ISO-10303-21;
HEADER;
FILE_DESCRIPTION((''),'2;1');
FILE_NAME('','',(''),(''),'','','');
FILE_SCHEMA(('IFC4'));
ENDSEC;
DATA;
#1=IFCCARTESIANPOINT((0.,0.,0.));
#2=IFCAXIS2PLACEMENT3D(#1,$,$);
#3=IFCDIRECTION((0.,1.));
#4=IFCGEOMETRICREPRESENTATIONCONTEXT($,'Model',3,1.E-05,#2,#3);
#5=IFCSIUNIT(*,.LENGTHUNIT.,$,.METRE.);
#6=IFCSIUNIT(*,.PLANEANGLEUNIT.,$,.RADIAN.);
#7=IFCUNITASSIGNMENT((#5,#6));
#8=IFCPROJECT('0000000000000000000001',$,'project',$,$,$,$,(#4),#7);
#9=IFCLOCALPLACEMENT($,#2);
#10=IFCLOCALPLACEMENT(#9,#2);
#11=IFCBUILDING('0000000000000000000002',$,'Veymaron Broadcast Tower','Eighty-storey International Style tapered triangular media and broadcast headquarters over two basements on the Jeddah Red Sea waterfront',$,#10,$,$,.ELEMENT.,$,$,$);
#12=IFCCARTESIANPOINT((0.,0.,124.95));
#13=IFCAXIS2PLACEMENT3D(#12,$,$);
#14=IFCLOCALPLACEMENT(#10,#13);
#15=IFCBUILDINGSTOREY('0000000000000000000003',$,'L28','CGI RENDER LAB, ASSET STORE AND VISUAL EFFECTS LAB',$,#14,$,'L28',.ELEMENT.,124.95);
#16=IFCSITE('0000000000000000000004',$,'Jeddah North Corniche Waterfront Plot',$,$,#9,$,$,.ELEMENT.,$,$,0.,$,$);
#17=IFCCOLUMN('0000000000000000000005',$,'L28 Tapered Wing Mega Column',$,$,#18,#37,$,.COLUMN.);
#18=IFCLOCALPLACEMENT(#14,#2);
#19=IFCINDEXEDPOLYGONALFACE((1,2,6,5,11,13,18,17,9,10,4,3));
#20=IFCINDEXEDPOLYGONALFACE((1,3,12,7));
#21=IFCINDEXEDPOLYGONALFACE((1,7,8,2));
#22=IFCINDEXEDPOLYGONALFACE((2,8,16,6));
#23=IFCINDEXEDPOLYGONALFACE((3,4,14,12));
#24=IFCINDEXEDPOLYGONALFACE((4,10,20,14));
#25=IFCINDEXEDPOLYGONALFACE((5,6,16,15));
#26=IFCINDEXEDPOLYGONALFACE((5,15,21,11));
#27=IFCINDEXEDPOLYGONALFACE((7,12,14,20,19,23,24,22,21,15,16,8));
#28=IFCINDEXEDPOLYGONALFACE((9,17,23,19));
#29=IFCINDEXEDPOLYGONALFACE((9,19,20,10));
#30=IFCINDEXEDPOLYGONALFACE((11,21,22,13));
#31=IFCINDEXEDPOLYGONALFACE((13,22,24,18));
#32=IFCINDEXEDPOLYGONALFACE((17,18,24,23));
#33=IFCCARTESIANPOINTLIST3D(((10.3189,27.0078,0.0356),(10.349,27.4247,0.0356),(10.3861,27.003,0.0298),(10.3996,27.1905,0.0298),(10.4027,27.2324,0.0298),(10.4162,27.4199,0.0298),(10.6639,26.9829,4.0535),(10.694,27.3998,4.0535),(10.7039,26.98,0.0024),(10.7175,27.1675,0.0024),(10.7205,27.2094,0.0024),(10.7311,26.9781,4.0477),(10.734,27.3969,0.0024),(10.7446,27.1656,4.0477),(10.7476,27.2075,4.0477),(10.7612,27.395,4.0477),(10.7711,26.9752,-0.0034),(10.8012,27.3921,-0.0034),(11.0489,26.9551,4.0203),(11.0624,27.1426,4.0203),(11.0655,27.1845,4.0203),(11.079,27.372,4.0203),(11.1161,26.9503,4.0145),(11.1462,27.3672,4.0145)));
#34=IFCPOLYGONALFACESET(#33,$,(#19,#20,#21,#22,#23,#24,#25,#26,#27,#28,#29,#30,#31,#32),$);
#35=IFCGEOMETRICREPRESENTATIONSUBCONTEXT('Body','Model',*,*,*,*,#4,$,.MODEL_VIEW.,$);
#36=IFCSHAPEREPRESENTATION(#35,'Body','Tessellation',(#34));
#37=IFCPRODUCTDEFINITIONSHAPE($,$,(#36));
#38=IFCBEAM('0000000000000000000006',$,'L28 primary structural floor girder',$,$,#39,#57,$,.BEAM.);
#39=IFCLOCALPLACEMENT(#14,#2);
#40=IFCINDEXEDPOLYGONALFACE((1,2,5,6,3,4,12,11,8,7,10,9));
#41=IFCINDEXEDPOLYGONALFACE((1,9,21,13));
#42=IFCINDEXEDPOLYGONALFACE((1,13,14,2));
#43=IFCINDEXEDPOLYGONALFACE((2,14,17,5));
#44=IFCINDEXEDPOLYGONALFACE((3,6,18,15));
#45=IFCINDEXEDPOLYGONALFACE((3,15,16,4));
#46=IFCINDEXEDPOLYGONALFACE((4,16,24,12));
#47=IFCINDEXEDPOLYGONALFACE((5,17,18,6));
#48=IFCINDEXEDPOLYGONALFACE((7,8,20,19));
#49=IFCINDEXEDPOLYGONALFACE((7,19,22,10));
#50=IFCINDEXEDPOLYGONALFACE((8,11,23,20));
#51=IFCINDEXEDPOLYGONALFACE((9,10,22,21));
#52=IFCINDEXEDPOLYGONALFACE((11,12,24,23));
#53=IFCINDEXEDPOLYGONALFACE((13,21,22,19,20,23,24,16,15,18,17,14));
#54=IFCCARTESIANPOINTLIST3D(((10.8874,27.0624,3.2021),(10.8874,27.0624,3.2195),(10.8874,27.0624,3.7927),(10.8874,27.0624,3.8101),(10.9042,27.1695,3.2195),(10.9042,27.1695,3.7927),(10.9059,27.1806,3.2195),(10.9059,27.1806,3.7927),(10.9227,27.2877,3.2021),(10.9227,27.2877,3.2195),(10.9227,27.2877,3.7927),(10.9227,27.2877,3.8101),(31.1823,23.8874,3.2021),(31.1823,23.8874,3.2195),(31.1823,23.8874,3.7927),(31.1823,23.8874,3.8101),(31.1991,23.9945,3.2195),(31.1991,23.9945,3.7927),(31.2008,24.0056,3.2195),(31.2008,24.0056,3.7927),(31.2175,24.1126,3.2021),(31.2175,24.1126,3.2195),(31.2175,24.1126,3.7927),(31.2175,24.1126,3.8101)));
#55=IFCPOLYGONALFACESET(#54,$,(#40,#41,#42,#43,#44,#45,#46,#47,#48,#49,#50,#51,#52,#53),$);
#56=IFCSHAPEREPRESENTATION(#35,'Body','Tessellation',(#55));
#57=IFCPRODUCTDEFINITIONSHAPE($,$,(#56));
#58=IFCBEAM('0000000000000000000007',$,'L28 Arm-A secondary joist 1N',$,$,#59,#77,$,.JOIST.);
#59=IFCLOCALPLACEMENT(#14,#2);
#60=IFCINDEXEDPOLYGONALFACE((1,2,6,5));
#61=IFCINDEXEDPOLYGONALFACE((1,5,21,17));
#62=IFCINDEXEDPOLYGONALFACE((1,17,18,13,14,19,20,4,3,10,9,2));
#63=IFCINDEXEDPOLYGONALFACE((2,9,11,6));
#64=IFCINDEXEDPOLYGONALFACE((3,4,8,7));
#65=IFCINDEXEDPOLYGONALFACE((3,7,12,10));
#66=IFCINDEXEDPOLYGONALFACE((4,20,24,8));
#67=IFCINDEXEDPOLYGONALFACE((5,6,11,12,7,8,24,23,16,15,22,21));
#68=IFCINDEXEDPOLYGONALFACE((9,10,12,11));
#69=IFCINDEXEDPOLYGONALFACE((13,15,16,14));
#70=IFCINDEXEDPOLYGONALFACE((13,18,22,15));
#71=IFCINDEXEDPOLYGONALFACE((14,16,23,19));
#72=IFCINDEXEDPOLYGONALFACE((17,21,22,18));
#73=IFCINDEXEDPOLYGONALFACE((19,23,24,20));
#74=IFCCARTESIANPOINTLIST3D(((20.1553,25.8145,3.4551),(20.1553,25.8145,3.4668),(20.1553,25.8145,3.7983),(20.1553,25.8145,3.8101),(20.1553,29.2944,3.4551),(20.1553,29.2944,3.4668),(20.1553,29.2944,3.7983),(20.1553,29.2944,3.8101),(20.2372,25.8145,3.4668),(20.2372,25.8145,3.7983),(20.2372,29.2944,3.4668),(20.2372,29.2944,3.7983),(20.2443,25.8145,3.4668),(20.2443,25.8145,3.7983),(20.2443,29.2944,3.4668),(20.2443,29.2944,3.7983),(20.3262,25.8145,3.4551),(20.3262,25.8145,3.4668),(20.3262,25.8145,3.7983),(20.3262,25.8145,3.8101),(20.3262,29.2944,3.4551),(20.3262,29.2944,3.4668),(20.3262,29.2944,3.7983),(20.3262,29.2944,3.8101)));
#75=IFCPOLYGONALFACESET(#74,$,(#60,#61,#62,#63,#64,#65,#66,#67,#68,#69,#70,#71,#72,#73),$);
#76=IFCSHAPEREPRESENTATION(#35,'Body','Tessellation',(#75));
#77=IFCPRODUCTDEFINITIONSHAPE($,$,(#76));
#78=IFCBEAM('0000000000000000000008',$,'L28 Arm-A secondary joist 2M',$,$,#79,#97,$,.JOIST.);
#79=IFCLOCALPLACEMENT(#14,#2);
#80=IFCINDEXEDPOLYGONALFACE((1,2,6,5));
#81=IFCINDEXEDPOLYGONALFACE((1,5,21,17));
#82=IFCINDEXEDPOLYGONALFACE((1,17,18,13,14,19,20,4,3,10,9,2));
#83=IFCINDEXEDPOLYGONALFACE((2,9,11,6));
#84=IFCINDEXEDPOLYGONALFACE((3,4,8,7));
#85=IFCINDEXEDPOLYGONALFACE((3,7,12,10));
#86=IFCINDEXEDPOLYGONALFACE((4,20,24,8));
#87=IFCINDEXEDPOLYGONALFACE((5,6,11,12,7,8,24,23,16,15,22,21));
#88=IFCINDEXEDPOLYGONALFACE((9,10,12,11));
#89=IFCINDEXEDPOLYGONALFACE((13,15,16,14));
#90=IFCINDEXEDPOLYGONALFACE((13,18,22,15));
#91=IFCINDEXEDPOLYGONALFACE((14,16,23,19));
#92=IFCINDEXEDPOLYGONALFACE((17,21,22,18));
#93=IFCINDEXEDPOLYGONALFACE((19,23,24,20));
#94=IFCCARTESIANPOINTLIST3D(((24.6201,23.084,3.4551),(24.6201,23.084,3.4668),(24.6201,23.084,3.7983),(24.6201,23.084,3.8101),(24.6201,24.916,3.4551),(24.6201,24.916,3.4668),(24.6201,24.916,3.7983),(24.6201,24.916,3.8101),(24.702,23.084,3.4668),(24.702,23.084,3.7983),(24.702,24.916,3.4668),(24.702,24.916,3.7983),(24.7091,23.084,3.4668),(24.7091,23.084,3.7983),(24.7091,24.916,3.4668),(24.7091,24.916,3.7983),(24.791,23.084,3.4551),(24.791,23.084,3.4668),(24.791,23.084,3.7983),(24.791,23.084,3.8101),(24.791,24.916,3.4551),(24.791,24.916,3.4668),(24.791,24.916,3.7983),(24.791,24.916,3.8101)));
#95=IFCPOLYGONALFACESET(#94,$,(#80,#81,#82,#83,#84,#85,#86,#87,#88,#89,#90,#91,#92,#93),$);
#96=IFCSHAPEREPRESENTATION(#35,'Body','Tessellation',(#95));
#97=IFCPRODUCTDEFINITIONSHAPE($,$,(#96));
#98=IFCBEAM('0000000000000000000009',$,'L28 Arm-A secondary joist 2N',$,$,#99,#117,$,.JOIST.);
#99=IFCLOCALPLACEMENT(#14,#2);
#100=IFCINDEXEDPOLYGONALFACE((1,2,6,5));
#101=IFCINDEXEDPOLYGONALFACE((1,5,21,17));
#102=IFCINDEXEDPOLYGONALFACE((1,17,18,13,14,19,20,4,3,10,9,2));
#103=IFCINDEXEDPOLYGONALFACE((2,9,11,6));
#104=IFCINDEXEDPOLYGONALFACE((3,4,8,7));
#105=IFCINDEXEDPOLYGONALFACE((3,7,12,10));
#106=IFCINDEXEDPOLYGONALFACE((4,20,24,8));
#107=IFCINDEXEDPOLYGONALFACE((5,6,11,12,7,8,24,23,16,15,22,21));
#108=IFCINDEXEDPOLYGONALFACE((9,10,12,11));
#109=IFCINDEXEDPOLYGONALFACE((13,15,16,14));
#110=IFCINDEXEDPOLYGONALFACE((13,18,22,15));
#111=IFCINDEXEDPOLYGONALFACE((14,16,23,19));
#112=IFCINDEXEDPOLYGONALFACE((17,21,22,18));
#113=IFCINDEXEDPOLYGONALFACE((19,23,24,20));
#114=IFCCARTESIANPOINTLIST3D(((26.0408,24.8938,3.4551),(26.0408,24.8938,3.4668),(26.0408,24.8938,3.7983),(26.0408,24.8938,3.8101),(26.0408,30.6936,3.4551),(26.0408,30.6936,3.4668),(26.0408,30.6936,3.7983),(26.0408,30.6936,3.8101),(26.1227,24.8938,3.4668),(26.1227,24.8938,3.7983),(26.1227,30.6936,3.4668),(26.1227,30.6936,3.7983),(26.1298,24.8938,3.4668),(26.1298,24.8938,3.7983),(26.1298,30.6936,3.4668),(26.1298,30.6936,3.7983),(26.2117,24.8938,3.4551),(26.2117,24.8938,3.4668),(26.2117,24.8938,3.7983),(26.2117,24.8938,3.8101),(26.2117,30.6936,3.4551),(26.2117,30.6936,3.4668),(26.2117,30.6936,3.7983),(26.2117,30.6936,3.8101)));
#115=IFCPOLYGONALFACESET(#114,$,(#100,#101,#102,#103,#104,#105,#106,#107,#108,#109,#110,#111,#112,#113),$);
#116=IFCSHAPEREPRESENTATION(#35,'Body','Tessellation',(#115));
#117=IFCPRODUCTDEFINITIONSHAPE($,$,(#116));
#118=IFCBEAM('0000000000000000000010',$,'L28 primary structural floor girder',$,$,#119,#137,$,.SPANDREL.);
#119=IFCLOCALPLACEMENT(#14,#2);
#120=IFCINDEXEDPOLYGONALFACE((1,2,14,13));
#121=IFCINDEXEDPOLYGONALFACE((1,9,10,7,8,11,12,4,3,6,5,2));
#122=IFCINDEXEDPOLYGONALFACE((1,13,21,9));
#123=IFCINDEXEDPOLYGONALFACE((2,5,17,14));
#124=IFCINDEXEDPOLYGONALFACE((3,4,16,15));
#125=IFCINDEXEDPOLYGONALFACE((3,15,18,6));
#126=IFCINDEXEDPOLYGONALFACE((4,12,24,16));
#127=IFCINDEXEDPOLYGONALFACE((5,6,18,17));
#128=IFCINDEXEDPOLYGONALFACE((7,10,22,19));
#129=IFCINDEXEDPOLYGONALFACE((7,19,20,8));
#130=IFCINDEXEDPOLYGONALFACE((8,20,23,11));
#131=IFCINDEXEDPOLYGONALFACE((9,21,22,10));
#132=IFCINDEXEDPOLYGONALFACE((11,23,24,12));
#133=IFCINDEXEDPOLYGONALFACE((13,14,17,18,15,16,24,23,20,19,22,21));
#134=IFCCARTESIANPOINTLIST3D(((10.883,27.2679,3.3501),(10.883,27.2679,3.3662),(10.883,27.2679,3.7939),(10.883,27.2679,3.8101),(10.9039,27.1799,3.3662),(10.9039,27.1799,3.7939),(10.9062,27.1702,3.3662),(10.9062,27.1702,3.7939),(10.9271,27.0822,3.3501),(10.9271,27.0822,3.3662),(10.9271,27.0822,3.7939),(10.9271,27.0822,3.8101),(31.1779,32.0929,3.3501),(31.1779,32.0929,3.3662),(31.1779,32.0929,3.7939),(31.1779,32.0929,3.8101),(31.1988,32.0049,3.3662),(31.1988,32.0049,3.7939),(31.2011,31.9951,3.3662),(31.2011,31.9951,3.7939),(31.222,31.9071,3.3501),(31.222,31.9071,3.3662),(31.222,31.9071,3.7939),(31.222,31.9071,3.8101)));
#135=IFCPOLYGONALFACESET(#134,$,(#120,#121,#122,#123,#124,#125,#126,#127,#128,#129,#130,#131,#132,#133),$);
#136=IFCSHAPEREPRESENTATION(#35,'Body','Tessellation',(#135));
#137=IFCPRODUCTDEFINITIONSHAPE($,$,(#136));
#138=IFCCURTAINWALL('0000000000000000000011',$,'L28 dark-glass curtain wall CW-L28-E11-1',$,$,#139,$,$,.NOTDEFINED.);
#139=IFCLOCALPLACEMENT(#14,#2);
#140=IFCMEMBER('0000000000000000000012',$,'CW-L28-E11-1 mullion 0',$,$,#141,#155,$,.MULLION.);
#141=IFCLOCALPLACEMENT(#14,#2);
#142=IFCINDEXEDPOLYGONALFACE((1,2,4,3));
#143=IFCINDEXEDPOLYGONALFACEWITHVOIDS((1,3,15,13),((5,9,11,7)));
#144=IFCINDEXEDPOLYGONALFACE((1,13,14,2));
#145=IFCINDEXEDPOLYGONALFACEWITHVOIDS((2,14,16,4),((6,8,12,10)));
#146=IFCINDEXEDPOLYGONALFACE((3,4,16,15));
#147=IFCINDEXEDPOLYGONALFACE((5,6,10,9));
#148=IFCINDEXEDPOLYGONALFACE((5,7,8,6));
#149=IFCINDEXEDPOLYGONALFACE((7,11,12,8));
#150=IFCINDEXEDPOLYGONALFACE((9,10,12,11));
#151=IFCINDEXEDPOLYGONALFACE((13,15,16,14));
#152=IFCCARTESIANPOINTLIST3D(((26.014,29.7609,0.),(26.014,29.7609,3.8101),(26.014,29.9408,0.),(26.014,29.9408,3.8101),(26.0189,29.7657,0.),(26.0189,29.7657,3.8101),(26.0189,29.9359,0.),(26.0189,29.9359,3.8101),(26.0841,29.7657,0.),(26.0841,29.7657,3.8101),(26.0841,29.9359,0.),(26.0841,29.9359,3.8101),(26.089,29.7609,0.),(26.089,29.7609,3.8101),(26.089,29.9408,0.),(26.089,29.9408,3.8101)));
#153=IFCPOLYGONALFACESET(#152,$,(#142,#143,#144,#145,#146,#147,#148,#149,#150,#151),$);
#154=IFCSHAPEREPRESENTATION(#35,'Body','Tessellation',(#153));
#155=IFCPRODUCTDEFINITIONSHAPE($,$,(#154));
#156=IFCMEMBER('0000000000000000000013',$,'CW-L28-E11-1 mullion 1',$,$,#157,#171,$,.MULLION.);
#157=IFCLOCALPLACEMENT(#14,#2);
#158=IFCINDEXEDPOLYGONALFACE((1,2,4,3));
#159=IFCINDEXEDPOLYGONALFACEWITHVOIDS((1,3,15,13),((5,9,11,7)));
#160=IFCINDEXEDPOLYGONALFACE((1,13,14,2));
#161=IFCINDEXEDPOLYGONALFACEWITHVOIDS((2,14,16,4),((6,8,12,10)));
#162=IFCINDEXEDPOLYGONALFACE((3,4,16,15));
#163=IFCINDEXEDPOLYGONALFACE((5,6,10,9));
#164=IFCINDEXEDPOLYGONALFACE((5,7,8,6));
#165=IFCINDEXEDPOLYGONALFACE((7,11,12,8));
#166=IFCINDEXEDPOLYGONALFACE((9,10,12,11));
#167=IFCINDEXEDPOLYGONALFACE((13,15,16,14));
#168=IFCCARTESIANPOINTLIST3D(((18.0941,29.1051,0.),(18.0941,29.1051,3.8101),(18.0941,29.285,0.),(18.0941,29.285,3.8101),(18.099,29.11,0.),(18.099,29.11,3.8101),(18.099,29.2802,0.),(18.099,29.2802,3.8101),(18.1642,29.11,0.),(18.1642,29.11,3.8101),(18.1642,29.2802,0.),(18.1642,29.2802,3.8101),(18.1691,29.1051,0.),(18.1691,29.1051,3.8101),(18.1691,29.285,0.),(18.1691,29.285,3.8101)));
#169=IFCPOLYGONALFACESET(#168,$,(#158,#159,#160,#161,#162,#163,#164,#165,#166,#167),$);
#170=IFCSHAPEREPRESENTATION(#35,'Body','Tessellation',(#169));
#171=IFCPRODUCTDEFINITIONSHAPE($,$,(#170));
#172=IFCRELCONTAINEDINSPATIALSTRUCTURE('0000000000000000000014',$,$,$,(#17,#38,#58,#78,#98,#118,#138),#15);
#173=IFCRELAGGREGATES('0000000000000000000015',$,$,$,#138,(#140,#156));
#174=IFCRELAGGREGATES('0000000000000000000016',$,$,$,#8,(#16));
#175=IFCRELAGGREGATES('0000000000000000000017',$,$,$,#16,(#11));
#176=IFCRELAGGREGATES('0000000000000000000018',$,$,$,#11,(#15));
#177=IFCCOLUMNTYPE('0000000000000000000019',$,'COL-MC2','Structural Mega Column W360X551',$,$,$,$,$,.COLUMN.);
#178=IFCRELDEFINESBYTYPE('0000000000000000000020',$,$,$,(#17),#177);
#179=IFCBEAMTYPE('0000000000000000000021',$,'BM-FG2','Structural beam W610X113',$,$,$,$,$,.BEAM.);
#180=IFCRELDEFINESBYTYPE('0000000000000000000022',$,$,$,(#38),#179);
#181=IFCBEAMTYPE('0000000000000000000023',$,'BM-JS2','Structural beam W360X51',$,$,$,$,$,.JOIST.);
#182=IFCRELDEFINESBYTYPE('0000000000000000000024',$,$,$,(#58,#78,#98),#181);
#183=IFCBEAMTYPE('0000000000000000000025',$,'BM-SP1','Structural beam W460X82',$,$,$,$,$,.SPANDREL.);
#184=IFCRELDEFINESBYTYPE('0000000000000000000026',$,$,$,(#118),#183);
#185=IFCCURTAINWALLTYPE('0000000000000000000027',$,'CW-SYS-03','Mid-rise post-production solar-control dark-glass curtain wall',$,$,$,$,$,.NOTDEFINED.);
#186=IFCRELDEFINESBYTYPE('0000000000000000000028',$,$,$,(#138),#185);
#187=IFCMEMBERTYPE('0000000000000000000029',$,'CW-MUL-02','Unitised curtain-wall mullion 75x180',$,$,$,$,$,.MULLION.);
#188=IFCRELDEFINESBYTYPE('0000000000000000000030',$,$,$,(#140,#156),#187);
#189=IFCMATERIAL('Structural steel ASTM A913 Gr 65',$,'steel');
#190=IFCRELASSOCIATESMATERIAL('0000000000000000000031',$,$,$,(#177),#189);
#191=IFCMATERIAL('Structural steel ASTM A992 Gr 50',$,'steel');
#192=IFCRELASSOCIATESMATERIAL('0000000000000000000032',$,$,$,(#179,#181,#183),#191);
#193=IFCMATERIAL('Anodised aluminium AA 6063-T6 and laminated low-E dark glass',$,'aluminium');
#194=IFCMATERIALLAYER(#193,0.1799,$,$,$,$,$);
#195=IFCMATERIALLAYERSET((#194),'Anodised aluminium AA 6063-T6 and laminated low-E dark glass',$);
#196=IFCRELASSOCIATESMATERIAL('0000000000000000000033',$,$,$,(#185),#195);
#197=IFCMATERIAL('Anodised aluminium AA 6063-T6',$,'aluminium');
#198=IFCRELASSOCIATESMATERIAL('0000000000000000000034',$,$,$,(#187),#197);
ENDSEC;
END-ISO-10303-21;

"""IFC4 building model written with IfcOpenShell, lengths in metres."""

from ifc_helpers import new_model, si_unit, direction, frame, origin, origin_2d, place, context, subcontext, project, spatial, hollow_rectangle, i_section, extrude, material, layer, layer_set, material_profile, profile_set, type_object, element, aggregate, save


model = new_model("IFC4")

# Units and contexts
model_context = context("Model", 3, precision=1e-05, world=origin(), true_north=direction((0.0, 1.0)))
body_context = subcontext(model_context, "Body", "Model", "MODEL_VIEW")
ifc_project = project(units=[si_unit("LENGTHUNIT", "METRE"), si_unit("PLANEANGLEUNIT", "RADIAN")], contexts=[model_context])

# Site, building, storey
site_placement = place(None, origin())
site = spatial("IfcSite", under=ifc_project, at=site_placement, Name="Jeddah North Corniche Waterfront Plot", CompositionType="ELEMENT", RefElevation=0.0)
building_placement = place(site_placement, origin())
building = spatial("IfcBuilding", under=site, at=building_placement, Name="Veymaron Broadcast Tower", Description="Eighty-storey International Style tapered triangular media and broadcast headquarters over two basements on the Jeddah Red Sea waterfront", CompositionType="ELEMENT")
storey_placement = place(building_placement, frame((0.0, 0.0, 124.95)))
storey = spatial("IfcBuildingStorey", under=building, at=storey_placement, Name="L28", Description="CGI RENDER LAB, ASSET STORE AND VISUAL EFFECTS LAB", LongName="L28", CompositionType="ELEMENT", Elevation=124.95)

# Column
ifc_material_1 = material(Name="Structural steel ASTM A913 Gr 65", Category="steel")
ifc_material_profile_1 = material_profile(ifc_material_1, i_section(OverallWidth=0.418, OverallDepth=0.4551, WebThickness=0.042, FlangeThickness=0.0676, at=origin_2d()), Name="W360X551")
ifc_profile_set_1 = profile_set([ifc_material_profile_1], Name="Structural steel ASTM A913 Gr 65")
column_type = type_object("IfcColumnType", Name="COL-MC2", Description="Structural Mega Column W360X551", PredefinedType="COLUMN", material=ifc_profile_set_1)
column_placement = place(storey_placement, frame((10.5601, 27.2, 0.0161), z_axis=(0.085544, -0.006175, 0.996315), x_axis=(0.071999, 0.997405, 0.0)))
element("IfcColumn", 1, at=column_placement, inside=storey, type_object=column_type, Name="L28 Tapered Wing Mega Column", PredefinedType="COLUMN", context=body_context, shape_type="SweptSolid", body=[
    extrude(i_section(OverallWidth=0.418, OverallDepth=0.4551, WebThickness=0.042, FlangeThickness=0.0676, at=origin_2d()), origin(), (0.0, 0.0, 1.0), 4.0327),
])

# Beams
ifc_material_2 = material(Name="Structural steel ASTM A992 Gr 50", Category="steel")
ifc_material_profile_2 = material_profile(ifc_material_2, i_section(OverallWidth=0.228, OverallDepth=0.6079, WebThickness=0.0112, FlangeThickness=0.0173, at=origin_2d()), Name="W610X113")
ifc_profile_set_2 = profile_set([ifc_material_profile_2], Name="Structural steel ASTM A992 Gr 50")
beam_type_1 = type_object("IfcBeamType", Name="BM-FG2", Description="Structural beam W610X113", PredefinedType="BEAM", material=ifc_profile_set_2)
beam_1_placement = place(storey_placement, frame((10.905, 27.175, 3.5061), z_axis=(0.987983, -0.154565, 0.0), x_axis=(0.154565, 0.987983, 0.0)))
element("IfcBeam", 2, at=beam_1_placement, inside=storey, type_object=beam_type_1, Name="L28 primary structural floor girder", PredefinedType="BEAM", context=body_context, shape_type="SweptSolid", body=[
    extrude(i_section(OverallWidth=0.228, OverallDepth=0.6079, WebThickness=0.0112, FlangeThickness=0.0173, at=origin_2d()), origin(), (0.0, 0.0, 1.0), 20.5417),
])
ifc_material_profile_3 = material_profile(ifc_material_2, i_section(OverallWidth=0.1709, OverallDepth=0.355, WebThickness=0.0071, FlangeThickness=0.0117, at=origin_2d()), Name="W360X51")
ifc_profile_set_3 = profile_set([ifc_material_profile_3], Name="Structural steel ASTM A992 Gr 50")
beam_type_2 = type_object("IfcBeamType", Name="BM-JS2", Description="Structural beam W360X51", PredefinedType="JOIST", material=ifc_profile_set_3)
beam_2_placement = place(storey_placement, frame((20.2407, 25.8145, 3.6326), z_axis=(0.0, 1.0, 0.0), x_axis=(-1.0, 0.0, 0.0)))
element("IfcBeam", 3, at=beam_2_placement, inside=storey, type_object=beam_type_2, Name="L28 Arm-A secondary joist 1N", PredefinedType="JOIST", context=body_context, shape_type="SweptSolid", body=[
    extrude(i_section(OverallWidth=0.1709, OverallDepth=0.355, WebThickness=0.0071, FlangeThickness=0.0117, at=origin_2d()), origin(), (0.0, 0.0, 1.0), 3.48),
])
beam_3_placement = place(storey_placement, frame((24.7056, 23.084, 3.6326), z_axis=(0.0, 1.0, 0.0), x_axis=(-1.0, 0.0, 0.0)))
element("IfcBeam", 4, at=beam_3_placement, inside=storey, type_object=beam_type_2, Name="L28 Arm-A secondary joist 2M", PredefinedType="JOIST", context=body_context, shape_type="SweptSolid", body=[
    extrude(i_section(OverallWidth=0.1709, OverallDepth=0.355, WebThickness=0.0071, FlangeThickness=0.0117, at=origin_2d()), origin(), (0.0, 0.0, 1.0), 1.832),
])
beam_4_placement = place(storey_placement, frame((26.1262, 24.8938, 3.6326), z_axis=(0.0, 1.0, 0.0), x_axis=(-1.0, 0.0, 0.0)))
element("IfcBeam", 5, at=beam_4_placement, inside=storey, type_object=beam_type_2, Name="L28 Arm-A secondary joist 2N", PredefinedType="JOIST", context=body_context, shape_type="SweptSolid", body=[
    extrude(i_section(OverallWidth=0.1709, OverallDepth=0.355, WebThickness=0.0071, FlangeThickness=0.0117, at=origin_2d()), origin(), (0.0, 0.0, 1.0), 5.7998),
])
ifc_material_profile_4 = material_profile(ifc_material_2, i_section(OverallWidth=0.1909, OverallDepth=0.46, WebThickness=0.01, FlangeThickness=0.0161, at=origin_2d()), Name="W460X82")
ifc_profile_set_4 = profile_set([ifc_material_profile_4], Name="Structural steel ASTM A992 Gr 50")
beam_type_3 = type_object("IfcBeamType", Name="BM-SP1", Description="Structural beam W460X82", PredefinedType="SPANDREL", material=ifc_profile_set_4)
beam_5_placement = place(storey_placement, frame((10.905, 27.175, 3.5801), z_axis=(0.972884, 0.231295, 0.0), x_axis=(-0.231295, 0.972884, 0.0)))
element("IfcBeam", 6, at=beam_5_placement, inside=storey, type_object=beam_type_3, Name="L28 primary structural floor girder", PredefinedType="SPANDREL", context=body_context, shape_type="SweptSolid", body=[
    extrude(i_section(OverallWidth=0.1909, OverallDepth=0.46, WebThickness=0.01, FlangeThickness=0.0161, at=origin_2d()), origin(), (0.0, 0.0, 1.0), 20.8606),
])

# Curtain wall, members
ifc_material_3 = material(Name="Anodised aluminium AA 6063-T6 and laminated low-E dark glass", Category="aluminium")
ifc_layer_1 = layer(ifc_material_3, 0.1799)
ifc_layer_set_1 = layer_set([ifc_layer_1], Name="Anodised aluminium AA 6063-T6 and laminated low-E dark glass")
curtain_wall_type = type_object("IfcCurtainWallType", Name="CW-SYS-03", Description="Mid-rise post-production solar-control dark-glass curtain wall", PredefinedType="NOTDEFINED", material=ifc_layer_set_1)
curtain_wall_placement = place(storey_placement, origin())
curtain_wall = element("IfcCurtainWall", 7, at=curtain_wall_placement, inside=storey, type_object=curtain_wall_type, Name="L28 dark-glass curtain wall CW-L28-E11-1", PredefinedType="NOTDEFINED")
ifc_material_4 = material(Name="Anodised aluminium AA 6063-T6", Category="aluminium")
ifc_material_profile_5 = material_profile(ifc_material_4, hollow_rectangle(XDim=0.075, YDim=0.1799, WallThickness=0.0049, at=origin_2d()), Name="AL180X75X5")
ifc_profile_set_5 = profile_set([ifc_material_profile_5], Name="Anodised aluminium AA 6063-T6")
member_type_1 = type_object("IfcMemberType", Name="CW-MUL-02", Description="Unitised curtain-wall mullion 75x180", PredefinedType="MULLION", material=ifc_profile_set_5)
member_1_placement = place(storey_placement, frame((26.0515, 29.8508, 0.0), z_axis=(0.0, 0.0, 1.0), x_axis=(1.0, 0.0, 0.0)))
member_1 = element("IfcMember", 8, at=member_1_placement, type_object=member_type_1, Name="CW-L28-E11-1 mullion 0", PredefinedType="MULLION", context=body_context, shape_type="SweptSolid", body=[
    extrude(hollow_rectangle(XDim=0.075, YDim=0.1799, WallThickness=0.0049, at=origin_2d()), origin(), (0.0, 0.0, 1.0), 3.8101),
])
member_2_placement = place(storey_placement, frame((18.1316, 29.1951, 0.0), z_axis=(0.0, 0.0, 1.0), x_axis=(1.0, 0.0, 0.0)))
member_2 = element("IfcMember", 9, at=member_2_placement, type_object=member_type_1, Name="CW-L28-E11-1 mullion 1", PredefinedType="MULLION", context=body_context, shape_type="SweptSolid", body=[
    extrude(hollow_rectangle(XDim=0.075, YDim=0.1799, WallThickness=0.0049, at=origin_2d()), origin(), (0.0, 0.0, 1.0), 3.8101),
])
aggregate(curtain_wall, [member_1, member_2])

save(model, "model.ifc")
